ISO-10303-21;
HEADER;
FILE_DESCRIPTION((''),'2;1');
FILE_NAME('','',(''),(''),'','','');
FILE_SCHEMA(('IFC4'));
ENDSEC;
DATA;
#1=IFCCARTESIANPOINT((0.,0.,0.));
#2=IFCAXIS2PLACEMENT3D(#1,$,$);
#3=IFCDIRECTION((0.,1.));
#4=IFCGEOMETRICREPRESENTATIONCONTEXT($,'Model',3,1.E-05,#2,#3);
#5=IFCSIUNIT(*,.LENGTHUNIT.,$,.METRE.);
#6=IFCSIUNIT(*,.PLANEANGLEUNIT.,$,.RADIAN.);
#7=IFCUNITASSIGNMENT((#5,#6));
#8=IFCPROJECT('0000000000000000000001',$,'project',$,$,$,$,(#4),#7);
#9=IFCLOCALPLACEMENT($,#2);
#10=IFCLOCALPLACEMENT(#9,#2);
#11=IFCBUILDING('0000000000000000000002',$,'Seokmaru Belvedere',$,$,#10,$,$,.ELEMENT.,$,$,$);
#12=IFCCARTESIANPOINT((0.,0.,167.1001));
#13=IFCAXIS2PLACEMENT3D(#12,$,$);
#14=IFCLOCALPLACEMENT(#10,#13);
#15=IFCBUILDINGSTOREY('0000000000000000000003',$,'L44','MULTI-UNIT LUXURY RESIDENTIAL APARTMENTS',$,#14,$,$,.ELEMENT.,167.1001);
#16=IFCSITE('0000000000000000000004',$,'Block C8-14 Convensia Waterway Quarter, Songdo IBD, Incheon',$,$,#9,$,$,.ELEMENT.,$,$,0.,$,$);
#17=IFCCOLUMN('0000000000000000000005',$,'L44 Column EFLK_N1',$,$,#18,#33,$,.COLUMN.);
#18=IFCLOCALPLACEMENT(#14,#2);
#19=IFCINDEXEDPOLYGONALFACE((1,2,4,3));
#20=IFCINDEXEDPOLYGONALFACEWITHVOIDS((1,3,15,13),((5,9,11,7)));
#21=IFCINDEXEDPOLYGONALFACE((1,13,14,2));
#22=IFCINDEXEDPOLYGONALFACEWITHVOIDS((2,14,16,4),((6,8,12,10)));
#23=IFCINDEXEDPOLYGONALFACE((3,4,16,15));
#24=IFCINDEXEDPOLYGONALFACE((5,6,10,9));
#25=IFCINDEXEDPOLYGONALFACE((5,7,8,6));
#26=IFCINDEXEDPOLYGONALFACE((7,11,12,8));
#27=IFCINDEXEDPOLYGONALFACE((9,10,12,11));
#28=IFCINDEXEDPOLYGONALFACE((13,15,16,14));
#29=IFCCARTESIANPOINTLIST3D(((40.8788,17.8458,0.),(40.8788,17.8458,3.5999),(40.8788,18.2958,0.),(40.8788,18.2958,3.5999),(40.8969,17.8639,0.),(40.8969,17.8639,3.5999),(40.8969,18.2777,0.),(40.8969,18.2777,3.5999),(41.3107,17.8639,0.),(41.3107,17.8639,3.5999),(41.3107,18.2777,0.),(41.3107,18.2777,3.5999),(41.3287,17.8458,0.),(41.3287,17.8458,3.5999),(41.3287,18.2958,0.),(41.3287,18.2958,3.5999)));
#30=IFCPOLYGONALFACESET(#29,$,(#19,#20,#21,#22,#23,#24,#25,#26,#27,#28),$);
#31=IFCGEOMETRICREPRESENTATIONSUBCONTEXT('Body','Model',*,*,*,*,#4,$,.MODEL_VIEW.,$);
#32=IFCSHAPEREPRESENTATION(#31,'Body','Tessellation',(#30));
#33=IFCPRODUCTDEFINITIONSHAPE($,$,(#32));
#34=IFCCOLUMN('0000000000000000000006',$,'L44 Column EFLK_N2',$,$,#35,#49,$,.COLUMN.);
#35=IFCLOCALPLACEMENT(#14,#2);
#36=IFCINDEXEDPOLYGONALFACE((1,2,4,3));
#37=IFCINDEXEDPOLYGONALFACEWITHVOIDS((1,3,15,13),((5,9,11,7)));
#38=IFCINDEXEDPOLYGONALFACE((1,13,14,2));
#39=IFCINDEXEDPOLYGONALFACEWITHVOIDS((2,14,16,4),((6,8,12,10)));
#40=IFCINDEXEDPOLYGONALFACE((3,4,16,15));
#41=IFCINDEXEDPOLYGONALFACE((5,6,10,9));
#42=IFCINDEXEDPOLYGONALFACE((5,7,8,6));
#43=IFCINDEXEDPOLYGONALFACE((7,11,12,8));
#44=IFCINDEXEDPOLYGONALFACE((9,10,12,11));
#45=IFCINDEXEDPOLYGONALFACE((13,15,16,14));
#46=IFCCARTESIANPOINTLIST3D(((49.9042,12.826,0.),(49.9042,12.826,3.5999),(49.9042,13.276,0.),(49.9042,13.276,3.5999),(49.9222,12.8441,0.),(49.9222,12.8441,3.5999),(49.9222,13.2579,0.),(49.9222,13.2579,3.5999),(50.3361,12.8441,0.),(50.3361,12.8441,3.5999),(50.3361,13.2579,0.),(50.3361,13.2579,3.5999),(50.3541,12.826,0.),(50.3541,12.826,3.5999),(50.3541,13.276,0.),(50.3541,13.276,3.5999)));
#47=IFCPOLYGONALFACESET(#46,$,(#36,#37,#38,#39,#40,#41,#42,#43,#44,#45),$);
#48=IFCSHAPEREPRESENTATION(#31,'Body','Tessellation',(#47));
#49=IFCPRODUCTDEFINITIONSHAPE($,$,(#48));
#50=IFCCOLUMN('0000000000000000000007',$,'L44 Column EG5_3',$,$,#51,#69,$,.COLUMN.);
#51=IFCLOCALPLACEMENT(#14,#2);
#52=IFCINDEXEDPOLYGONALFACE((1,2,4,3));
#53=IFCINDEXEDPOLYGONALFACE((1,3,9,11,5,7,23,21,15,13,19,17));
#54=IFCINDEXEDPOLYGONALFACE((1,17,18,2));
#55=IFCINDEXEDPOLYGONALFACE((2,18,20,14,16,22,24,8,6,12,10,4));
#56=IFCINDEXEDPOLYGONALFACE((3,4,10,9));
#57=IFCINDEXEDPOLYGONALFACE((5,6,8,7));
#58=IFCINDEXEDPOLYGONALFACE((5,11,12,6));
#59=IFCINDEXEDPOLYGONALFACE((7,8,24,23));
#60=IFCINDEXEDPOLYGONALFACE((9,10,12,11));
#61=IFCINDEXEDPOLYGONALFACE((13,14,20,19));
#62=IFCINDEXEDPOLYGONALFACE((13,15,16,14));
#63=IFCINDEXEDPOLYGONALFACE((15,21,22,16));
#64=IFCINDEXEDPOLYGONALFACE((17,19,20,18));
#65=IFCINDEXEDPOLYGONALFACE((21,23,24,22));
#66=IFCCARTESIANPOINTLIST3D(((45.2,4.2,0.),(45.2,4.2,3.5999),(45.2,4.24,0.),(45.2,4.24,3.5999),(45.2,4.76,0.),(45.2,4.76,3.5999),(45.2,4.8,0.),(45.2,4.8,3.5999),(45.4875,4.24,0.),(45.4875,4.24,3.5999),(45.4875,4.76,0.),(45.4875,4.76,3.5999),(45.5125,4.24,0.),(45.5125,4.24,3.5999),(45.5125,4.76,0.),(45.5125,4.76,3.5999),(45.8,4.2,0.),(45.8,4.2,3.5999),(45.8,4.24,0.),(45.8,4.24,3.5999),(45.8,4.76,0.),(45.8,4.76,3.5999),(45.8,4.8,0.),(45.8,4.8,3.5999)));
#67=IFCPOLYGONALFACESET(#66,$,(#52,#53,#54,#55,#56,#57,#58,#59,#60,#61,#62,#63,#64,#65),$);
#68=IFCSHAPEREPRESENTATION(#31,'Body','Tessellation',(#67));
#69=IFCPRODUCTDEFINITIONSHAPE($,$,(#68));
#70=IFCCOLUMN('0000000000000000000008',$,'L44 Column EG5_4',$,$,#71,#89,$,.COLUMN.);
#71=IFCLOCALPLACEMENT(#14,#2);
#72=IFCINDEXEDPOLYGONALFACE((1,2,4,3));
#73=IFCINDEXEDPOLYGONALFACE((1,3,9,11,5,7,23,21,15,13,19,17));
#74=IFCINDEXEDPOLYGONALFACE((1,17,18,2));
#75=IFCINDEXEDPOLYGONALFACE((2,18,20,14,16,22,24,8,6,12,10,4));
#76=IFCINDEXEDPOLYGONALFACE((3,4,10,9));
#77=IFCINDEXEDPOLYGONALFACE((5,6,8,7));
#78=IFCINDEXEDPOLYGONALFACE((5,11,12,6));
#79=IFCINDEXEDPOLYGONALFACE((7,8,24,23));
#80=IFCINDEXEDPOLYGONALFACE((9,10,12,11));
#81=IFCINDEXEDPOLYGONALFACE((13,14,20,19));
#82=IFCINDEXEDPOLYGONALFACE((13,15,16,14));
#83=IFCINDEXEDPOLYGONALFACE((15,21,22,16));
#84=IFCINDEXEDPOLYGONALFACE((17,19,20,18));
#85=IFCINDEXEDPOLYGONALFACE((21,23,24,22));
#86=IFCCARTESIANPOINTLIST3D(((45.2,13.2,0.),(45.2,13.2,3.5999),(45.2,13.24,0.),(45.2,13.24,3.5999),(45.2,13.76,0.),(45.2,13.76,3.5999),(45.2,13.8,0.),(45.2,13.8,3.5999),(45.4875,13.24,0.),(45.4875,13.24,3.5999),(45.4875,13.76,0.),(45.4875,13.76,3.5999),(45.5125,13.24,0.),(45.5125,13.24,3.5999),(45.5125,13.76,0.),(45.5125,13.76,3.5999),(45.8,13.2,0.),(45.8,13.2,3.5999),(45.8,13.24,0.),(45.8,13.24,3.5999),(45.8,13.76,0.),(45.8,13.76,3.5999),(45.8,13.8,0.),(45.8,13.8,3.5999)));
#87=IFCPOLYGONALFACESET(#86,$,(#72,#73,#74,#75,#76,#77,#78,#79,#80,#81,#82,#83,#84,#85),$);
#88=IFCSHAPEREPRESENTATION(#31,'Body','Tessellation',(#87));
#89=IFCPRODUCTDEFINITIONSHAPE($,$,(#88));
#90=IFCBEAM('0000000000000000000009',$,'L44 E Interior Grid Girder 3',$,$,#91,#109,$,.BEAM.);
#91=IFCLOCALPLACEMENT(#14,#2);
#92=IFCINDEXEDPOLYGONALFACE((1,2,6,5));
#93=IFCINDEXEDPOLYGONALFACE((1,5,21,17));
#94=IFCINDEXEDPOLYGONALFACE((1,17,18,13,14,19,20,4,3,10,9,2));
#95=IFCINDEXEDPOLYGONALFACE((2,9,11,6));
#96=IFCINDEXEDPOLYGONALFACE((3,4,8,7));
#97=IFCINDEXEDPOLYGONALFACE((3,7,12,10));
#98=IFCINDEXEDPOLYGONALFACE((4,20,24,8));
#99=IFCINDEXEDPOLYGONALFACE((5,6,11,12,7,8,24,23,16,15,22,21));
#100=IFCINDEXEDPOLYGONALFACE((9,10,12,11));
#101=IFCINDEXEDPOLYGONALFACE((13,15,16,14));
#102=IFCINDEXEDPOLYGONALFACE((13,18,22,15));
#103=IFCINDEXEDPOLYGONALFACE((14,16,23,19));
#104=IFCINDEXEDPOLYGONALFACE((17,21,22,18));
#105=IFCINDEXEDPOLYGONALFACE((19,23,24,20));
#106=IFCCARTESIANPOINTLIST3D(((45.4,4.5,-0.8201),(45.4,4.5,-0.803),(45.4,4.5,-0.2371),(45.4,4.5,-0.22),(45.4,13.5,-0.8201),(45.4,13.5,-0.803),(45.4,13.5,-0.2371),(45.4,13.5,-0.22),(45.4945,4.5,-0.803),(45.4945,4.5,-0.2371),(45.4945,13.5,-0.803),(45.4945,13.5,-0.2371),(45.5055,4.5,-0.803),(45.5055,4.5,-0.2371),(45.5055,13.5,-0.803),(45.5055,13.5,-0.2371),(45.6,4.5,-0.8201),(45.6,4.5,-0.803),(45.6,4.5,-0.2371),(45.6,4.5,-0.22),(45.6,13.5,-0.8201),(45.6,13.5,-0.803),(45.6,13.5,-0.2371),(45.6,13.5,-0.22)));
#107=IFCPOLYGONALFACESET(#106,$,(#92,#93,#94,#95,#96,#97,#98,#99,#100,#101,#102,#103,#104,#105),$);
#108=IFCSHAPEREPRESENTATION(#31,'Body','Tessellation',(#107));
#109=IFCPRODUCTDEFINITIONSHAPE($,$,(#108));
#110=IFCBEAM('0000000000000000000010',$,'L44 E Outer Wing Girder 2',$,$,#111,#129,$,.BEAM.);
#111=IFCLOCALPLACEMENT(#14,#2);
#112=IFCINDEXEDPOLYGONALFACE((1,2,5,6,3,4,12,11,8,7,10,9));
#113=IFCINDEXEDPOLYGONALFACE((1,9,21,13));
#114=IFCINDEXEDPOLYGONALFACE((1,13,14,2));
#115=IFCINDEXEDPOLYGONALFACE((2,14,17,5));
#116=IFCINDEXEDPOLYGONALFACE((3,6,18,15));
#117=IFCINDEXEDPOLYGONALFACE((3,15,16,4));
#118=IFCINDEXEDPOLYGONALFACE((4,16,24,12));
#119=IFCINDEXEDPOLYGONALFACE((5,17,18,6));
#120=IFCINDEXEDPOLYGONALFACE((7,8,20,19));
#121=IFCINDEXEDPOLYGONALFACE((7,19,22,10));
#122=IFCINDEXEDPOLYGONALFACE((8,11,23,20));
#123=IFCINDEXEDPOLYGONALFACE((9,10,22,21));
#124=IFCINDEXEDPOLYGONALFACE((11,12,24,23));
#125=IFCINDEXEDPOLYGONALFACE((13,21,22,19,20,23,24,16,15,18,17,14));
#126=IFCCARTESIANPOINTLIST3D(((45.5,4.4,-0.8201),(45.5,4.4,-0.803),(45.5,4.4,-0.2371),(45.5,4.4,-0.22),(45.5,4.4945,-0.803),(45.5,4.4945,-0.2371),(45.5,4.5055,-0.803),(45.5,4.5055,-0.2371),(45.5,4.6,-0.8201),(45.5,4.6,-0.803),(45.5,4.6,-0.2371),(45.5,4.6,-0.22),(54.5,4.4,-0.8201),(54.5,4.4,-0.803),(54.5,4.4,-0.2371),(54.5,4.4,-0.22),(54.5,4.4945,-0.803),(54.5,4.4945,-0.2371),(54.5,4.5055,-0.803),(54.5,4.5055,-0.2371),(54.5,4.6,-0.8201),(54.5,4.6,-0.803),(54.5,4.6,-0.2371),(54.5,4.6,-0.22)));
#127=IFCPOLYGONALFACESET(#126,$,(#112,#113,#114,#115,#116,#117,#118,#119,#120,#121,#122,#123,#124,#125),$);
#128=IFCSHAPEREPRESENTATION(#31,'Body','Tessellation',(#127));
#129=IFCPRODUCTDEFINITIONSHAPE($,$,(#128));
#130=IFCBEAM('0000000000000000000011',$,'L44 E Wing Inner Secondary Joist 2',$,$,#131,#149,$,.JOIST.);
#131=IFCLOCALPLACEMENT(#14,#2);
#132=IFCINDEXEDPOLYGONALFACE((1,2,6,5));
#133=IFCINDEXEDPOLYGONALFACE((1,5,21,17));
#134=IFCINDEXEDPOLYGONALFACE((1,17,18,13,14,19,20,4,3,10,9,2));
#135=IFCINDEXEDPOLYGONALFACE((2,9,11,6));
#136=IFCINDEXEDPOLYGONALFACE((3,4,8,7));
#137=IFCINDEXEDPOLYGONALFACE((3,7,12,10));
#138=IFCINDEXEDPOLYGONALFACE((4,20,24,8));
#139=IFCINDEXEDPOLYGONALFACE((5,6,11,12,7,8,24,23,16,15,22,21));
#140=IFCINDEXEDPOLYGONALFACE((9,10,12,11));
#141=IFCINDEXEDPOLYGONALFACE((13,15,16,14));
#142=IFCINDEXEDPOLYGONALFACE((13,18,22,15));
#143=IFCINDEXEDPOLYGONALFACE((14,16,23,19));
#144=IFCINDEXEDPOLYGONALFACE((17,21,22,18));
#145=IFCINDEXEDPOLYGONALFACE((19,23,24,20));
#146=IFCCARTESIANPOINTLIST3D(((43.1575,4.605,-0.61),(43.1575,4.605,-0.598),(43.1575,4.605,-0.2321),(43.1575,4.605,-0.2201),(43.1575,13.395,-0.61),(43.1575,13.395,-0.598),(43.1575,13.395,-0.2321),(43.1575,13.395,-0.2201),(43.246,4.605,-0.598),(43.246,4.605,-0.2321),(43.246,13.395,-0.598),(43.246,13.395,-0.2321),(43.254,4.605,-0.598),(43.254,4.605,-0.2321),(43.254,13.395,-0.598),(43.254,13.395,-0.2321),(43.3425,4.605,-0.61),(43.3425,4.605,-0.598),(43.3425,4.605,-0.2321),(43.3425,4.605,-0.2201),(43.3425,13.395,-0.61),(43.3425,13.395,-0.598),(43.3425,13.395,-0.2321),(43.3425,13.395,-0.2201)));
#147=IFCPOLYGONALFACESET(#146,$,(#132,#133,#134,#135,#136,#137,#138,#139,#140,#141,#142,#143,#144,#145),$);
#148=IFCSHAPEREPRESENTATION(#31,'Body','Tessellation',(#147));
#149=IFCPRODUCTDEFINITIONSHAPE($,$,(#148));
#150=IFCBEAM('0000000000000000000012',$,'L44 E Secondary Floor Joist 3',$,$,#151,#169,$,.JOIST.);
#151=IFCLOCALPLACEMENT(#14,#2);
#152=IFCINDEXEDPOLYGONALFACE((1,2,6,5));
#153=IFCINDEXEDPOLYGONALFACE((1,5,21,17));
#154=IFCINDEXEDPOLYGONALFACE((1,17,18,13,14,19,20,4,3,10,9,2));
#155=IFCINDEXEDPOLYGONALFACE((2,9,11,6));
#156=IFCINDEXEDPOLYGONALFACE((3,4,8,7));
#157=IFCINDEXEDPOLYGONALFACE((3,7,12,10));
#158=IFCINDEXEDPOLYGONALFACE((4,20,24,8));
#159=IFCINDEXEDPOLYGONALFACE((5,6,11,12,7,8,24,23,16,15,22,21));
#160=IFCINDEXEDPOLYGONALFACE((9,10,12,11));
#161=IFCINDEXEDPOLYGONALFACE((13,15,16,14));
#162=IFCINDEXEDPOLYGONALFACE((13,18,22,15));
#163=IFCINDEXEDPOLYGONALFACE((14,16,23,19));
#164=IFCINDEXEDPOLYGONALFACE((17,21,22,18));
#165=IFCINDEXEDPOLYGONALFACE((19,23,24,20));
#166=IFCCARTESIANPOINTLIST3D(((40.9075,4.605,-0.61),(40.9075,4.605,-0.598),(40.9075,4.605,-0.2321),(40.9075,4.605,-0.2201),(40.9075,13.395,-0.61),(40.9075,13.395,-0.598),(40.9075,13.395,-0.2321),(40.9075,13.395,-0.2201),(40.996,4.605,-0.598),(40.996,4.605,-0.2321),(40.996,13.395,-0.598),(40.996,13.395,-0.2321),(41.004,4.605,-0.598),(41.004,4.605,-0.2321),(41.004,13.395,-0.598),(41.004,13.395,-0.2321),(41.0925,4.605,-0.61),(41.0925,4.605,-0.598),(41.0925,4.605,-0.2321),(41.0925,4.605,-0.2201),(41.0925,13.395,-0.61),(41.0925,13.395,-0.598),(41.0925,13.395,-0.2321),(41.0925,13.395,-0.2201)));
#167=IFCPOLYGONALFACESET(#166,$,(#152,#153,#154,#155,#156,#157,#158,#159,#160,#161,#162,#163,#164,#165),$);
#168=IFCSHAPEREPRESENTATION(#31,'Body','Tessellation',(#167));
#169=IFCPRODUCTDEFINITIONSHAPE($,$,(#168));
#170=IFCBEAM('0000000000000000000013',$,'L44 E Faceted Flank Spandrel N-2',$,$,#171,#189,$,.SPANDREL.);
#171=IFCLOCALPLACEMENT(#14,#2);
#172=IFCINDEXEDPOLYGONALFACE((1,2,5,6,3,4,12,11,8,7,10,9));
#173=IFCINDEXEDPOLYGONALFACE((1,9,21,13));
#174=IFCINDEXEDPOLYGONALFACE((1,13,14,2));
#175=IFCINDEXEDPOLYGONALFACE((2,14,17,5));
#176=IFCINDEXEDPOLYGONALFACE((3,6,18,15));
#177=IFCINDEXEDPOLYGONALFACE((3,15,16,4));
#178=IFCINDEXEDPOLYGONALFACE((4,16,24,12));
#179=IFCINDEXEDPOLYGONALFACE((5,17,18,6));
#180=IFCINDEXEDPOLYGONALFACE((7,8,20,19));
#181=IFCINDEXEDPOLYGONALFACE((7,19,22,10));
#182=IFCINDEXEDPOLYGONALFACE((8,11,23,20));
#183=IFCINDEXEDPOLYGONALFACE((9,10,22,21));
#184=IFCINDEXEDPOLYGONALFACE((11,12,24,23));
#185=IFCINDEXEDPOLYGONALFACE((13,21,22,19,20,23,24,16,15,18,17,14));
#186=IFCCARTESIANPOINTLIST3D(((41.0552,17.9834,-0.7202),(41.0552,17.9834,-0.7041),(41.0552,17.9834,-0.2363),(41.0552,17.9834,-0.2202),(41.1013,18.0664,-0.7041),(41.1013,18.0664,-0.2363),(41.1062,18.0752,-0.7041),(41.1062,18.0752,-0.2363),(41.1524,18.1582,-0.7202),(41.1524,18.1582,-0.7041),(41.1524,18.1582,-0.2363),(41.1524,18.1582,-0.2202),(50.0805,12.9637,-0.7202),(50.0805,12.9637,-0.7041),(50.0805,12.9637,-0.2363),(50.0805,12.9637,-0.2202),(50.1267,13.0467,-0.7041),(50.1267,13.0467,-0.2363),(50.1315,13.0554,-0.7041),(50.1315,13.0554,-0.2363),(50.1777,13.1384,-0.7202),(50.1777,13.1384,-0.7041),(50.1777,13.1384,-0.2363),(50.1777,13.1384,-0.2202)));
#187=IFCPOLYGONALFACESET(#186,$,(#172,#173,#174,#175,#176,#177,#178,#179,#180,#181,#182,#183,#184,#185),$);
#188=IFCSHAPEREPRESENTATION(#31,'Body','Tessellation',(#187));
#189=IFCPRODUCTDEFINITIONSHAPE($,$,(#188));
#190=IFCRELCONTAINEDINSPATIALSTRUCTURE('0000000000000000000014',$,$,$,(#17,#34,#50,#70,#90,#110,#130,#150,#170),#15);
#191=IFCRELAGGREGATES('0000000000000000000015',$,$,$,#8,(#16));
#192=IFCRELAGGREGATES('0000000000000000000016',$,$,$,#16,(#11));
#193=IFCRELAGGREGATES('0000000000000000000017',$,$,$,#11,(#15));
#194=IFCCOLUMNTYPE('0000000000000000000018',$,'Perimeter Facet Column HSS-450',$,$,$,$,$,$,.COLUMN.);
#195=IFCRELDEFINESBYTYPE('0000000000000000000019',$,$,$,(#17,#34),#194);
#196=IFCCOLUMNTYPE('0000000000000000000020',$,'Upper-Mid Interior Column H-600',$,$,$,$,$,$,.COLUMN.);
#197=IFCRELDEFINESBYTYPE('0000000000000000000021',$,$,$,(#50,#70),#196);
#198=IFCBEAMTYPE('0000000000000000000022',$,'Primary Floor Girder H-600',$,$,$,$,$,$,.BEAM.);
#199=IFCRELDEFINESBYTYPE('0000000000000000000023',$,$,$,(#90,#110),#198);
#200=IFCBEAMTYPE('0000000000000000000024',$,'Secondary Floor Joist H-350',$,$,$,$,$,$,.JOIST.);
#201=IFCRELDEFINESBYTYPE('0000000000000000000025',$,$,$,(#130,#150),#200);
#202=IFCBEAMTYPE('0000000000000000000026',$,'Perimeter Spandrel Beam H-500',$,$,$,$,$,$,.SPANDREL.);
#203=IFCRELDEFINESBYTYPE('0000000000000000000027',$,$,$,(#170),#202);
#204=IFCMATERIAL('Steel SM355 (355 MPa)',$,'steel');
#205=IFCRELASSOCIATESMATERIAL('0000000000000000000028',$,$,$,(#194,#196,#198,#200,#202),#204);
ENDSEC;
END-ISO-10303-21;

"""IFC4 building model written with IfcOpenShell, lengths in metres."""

from ifc_helpers import new_model, si_unit, direction, frame, origin, origin_2d, place, context, subcontext, project, spatial, hollow_rectangle, i_section, extrude, source, transform, mapped, material, material_profile, profile_set, type_object, type_shapes, element, save


model = new_model("IFC4")

# Units and contexts
model_context = context("Model", 3, precision=1e-05, world=origin(), true_north=direction((0.0, 1.0)))
body_context = subcontext(model_context, "Body", "Model", "MODEL_VIEW")
ifc_project = project(units=[si_unit("LENGTHUNIT", "METRE"), si_unit("PLANEANGLEUNIT", "RADIAN")], contexts=[model_context])

# Site, building, storey
site_placement = place(None, origin())
site = spatial("IfcSite", under=ifc_project, at=site_placement, Name="Block C8-14 Convensia Waterway Quarter, Songdo IBD, Incheon", CompositionType="ELEMENT", RefElevation=0.0)
building_placement = place(site_placement, origin())
building = spatial("IfcBuilding", under=site, at=building_placement, Name="Seokmaru Belvedere", CompositionType="ELEMENT")
storey_placement = place(building_placement, frame((0.0, 0.0, 167.1001)))
storey = spatial("IfcBuildingStorey", under=building, at=storey_placement, Name="L44", Description="MULTI-UNIT LUXURY RESIDENTIAL APARTMENTS", CompositionType="ELEMENT", Elevation=167.1001)

# Columns
ifc_material_1 = material(Name="Steel SM355 (355 MPa)", Category="steel")
ifc_material_profile_1 = material_profile(ifc_material_1, hollow_rectangle(XDim=0.45, YDim=0.45, WallThickness=0.0181, at=origin_2d()), Name="HSS-450x450x18")
ifc_profile_set_1 = profile_set([ifc_material_profile_1], Name="Steel SM355 (355 MPa)")
column_type_1 = type_object("IfcColumnType", Name="Perimeter Facet Column HSS-450", PredefinedType="COLUMN", material=ifc_profile_set_1)
shared_shape_1 = source(origin(), body_context, "Body", "SweptSolid", [
    extrude(hollow_rectangle(XDim=0.45, YDim=0.45, WallThickness=0.0181, at=origin_2d()), origin(), (0.0, 0.0, 1.0), 3.5999),
])
type_shapes(column_type_1, [shared_shape_1])
for number, where, z_axis, x_axis, name in (
    (1, (41.1038, 18.0708, 0.0), (0.0, 0.0, 1.0), (1.0, 0.0, 0.0), "L44 Column EFLK_N1"),
    (2, (50.1292, 13.051, 0.0), (0.0, 0.0, 1.0), (1.0, 0.0, 0.0), "L44 Column EFLK_N2"),
):
    element("IfcColumn", number, at=place(storey_placement, frame(where, z_axis=z_axis, x_axis=x_axis)), inside=storey, type_object=column_type_1, Name=name, PredefinedType="COLUMN", context=body_context, shape_type="MappedRepresentation", body=[
        mapped(shared_shape_1, transform((0.0, 0.0, 0.0), scale=1.0)),
    ])
ifc_material_profile_2 = material_profile(ifc_material_1, i_section(OverallWidth=0.6001, OverallDepth=0.6001, WebThickness=0.0249, FlangeThickness=0.04, at=origin_2d()), Name="H-600x600x25x40")
ifc_profile_set_2 = profile_set([ifc_material_profile_2], Name="Steel SM355 (355 MPa)")
column_type_2 = type_object("IfcColumnType", Name="Upper-Mid Interior Column H-600", PredefinedType="COLUMN", material=ifc_profile_set_2)
shared_shape_2 = source(origin(), body_context, "Body", "SweptSolid", [
    extrude(i_section(OverallWidth=0.6001, OverallDepth=0.6001, WebThickness=0.0249, FlangeThickness=0.04, at=origin_2d()), origin(), (0.0, 0.0, 1.0), 3.5999),
])
type_shapes(column_type_2, [shared_shape_2])
for number, where, z_axis, x_axis, name in (
    (3, (45.5, 4.5, 0.0), (0.0, 0.0, 1.0), (1.0, 0.0, 0.0), "L44 Column EG5_3"),
    (4, (45.5, 13.5, 0.0), (0.0, 0.0, 1.0), (1.0, 0.0, 0.0), "L44 Column EG5_4"),
):
    element("IfcColumn", number, at=place(storey_placement, frame(where, z_axis=z_axis, x_axis=x_axis)), inside=storey, type_object=column_type_2, Name=name, PredefinedType="COLUMN", context=body_context, shape_type="MappedRepresentation", body=[
        mapped(shared_shape_2, transform((0.0, 0.0, 0.0), scale=1.0)),
    ])

# Beams
ifc_material_profile_3 = material_profile(ifc_material_1, i_section(OverallWidth=0.2, OverallDepth=0.6001, WebThickness=0.011, FlangeThickness=0.0171, at=origin_2d()), Name="H-600x200x11x17")
ifc_profile_set_3 = profile_set([ifc_material_profile_3], Name="Steel SM355 (355 MPa)")
beam_type_1 = type_object("IfcBeamType", Name="Primary Floor Girder H-600", PredefinedType="BEAM", material=ifc_profile_set_3)
shared_shape_3 = source(origin(), body_context, "Body", "SweptSolid", [
    extrude(i_section(OverallWidth=0.2, OverallDepth=0.6001, WebThickness=0.011, FlangeThickness=0.0171, at=origin_2d()), origin(), (0.0, 0.0, 1.0), 9.0),
])
for number, where, z_axis, x_axis, name in (
    (5, (45.5, 4.5, -0.52), (0.0, 1.0, 0.0), (-1.0, 0.0, 0.0), "L44 E Interior Grid Girder 3"),
    (6, (45.5, 4.5, -0.52), (1.0, 0.0, 0.0), (0.0, 1.0, 0.0), "L44 E Outer Wing Girder 2"),
):
    element("IfcBeam", number, at=place(storey_placement, frame(where, z_axis=z_axis, x_axis=x_axis)), inside=storey, type_object=beam_type_1, Name=name, PredefinedType="BEAM", context=body_context, shape_type="MappedRepresentation", body=[
        mapped(shared_shape_3, transform((0.0, 0.0, 0.0), scale=1.0)),
    ])
ifc_material_profile_4 = material_profile(ifc_material_1, i_section(OverallWidth=0.1851, OverallDepth=0.3899, WebThickness=0.0081, FlangeThickness=0.012, at=origin_2d()), Name="H-390x185x8x12")
ifc_profile_set_4 = profile_set([ifc_material_profile_4], Name="Steel SM355 (355 MPa)")
beam_type_2 = type_object("IfcBeamType", Name="Secondary Floor Joist H-350", PredefinedType="JOIST", material=ifc_profile_set_4)
shared_shape_4 = source(origin(), body_context, "Body", "SweptSolid", [
    extrude(i_section(OverallWidth=0.1851, OverallDepth=0.3899, WebThickness=0.0081, FlangeThickness=0.012, at=origin_2d()), origin(), (0.0, 0.0, 1.0), 8.79),
])
type_shapes(beam_type_2, [shared_shape_4])
for number, where, z_axis, x_axis, name in (
    (7, (43.25, 4.605, -0.415), (0.0, 1.0, 0.0), (-1.0, 0.0, 0.0), "L44 E Wing Inner Secondary Joist 2"),
    (8, (41.0, 4.605, -0.415), (0.0, 1.0, 0.0), (-1.0, 0.0, 0.0), "L44 E Secondary Floor Joist 3"),
):
    element("IfcBeam", number, at=place(storey_placement, frame(where, z_axis=z_axis, x_axis=x_axis)), inside=storey, type_object=beam_type_2, Name=name, PredefinedType="JOIST", context=body_context, shape_type="MappedRepresentation", body=[
        mapped(shared_shape_4, transform((0.0, 0.0, 0.0), scale=1.0)),
    ])
ifc_material_profile_5 = material_profile(ifc_material_1, i_section(OverallWidth=0.2, OverallDepth=0.5, WebThickness=0.01, FlangeThickness=0.0161, at=origin_2d()), Name="H-500x200x10x16")
ifc_profile_set_5 = profile_set([ifc_material_profile_5], Name="Steel SM355 (355 MPa)")
beam_type_3 = type_object("IfcBeamType", Name="Perimeter Spandrel Beam H-500", PredefinedType="SPANDREL", material=ifc_profile_set_5)
shared_shape_5 = source(origin(), body_context, "Body", "SweptSolid", [
    extrude(i_section(OverallWidth=0.2, OverallDepth=0.5, WebThickness=0.01, FlangeThickness=0.0161, at=origin_2d()), origin(), (0.0, 0.0, 1.0), 10.3274),
])
type_shapes(beam_type_3, [shared_shape_5])
for number, where, z_axis, x_axis, name in (
    (9, (41.1038, 18.0708, -0.4702), (0.873924, -0.486062, 0.0), (0.486062, 0.873924, 0.0), "L44 E Faceted Flank Spandrel N-2"),
):
    element("IfcBeam", number, at=place(storey_placement, frame(where, z_axis=z_axis, x_axis=x_axis)), inside=storey, type_object=beam_type_3, Name=name, PredefinedType="SPANDREL", context=body_context, shape_type="MappedRepresentation", body=[
        mapped(shared_shape_5, transform((0.0, 0.0, 0.0), scale=1.0)),
    ])

save(model, "model.ifc")
